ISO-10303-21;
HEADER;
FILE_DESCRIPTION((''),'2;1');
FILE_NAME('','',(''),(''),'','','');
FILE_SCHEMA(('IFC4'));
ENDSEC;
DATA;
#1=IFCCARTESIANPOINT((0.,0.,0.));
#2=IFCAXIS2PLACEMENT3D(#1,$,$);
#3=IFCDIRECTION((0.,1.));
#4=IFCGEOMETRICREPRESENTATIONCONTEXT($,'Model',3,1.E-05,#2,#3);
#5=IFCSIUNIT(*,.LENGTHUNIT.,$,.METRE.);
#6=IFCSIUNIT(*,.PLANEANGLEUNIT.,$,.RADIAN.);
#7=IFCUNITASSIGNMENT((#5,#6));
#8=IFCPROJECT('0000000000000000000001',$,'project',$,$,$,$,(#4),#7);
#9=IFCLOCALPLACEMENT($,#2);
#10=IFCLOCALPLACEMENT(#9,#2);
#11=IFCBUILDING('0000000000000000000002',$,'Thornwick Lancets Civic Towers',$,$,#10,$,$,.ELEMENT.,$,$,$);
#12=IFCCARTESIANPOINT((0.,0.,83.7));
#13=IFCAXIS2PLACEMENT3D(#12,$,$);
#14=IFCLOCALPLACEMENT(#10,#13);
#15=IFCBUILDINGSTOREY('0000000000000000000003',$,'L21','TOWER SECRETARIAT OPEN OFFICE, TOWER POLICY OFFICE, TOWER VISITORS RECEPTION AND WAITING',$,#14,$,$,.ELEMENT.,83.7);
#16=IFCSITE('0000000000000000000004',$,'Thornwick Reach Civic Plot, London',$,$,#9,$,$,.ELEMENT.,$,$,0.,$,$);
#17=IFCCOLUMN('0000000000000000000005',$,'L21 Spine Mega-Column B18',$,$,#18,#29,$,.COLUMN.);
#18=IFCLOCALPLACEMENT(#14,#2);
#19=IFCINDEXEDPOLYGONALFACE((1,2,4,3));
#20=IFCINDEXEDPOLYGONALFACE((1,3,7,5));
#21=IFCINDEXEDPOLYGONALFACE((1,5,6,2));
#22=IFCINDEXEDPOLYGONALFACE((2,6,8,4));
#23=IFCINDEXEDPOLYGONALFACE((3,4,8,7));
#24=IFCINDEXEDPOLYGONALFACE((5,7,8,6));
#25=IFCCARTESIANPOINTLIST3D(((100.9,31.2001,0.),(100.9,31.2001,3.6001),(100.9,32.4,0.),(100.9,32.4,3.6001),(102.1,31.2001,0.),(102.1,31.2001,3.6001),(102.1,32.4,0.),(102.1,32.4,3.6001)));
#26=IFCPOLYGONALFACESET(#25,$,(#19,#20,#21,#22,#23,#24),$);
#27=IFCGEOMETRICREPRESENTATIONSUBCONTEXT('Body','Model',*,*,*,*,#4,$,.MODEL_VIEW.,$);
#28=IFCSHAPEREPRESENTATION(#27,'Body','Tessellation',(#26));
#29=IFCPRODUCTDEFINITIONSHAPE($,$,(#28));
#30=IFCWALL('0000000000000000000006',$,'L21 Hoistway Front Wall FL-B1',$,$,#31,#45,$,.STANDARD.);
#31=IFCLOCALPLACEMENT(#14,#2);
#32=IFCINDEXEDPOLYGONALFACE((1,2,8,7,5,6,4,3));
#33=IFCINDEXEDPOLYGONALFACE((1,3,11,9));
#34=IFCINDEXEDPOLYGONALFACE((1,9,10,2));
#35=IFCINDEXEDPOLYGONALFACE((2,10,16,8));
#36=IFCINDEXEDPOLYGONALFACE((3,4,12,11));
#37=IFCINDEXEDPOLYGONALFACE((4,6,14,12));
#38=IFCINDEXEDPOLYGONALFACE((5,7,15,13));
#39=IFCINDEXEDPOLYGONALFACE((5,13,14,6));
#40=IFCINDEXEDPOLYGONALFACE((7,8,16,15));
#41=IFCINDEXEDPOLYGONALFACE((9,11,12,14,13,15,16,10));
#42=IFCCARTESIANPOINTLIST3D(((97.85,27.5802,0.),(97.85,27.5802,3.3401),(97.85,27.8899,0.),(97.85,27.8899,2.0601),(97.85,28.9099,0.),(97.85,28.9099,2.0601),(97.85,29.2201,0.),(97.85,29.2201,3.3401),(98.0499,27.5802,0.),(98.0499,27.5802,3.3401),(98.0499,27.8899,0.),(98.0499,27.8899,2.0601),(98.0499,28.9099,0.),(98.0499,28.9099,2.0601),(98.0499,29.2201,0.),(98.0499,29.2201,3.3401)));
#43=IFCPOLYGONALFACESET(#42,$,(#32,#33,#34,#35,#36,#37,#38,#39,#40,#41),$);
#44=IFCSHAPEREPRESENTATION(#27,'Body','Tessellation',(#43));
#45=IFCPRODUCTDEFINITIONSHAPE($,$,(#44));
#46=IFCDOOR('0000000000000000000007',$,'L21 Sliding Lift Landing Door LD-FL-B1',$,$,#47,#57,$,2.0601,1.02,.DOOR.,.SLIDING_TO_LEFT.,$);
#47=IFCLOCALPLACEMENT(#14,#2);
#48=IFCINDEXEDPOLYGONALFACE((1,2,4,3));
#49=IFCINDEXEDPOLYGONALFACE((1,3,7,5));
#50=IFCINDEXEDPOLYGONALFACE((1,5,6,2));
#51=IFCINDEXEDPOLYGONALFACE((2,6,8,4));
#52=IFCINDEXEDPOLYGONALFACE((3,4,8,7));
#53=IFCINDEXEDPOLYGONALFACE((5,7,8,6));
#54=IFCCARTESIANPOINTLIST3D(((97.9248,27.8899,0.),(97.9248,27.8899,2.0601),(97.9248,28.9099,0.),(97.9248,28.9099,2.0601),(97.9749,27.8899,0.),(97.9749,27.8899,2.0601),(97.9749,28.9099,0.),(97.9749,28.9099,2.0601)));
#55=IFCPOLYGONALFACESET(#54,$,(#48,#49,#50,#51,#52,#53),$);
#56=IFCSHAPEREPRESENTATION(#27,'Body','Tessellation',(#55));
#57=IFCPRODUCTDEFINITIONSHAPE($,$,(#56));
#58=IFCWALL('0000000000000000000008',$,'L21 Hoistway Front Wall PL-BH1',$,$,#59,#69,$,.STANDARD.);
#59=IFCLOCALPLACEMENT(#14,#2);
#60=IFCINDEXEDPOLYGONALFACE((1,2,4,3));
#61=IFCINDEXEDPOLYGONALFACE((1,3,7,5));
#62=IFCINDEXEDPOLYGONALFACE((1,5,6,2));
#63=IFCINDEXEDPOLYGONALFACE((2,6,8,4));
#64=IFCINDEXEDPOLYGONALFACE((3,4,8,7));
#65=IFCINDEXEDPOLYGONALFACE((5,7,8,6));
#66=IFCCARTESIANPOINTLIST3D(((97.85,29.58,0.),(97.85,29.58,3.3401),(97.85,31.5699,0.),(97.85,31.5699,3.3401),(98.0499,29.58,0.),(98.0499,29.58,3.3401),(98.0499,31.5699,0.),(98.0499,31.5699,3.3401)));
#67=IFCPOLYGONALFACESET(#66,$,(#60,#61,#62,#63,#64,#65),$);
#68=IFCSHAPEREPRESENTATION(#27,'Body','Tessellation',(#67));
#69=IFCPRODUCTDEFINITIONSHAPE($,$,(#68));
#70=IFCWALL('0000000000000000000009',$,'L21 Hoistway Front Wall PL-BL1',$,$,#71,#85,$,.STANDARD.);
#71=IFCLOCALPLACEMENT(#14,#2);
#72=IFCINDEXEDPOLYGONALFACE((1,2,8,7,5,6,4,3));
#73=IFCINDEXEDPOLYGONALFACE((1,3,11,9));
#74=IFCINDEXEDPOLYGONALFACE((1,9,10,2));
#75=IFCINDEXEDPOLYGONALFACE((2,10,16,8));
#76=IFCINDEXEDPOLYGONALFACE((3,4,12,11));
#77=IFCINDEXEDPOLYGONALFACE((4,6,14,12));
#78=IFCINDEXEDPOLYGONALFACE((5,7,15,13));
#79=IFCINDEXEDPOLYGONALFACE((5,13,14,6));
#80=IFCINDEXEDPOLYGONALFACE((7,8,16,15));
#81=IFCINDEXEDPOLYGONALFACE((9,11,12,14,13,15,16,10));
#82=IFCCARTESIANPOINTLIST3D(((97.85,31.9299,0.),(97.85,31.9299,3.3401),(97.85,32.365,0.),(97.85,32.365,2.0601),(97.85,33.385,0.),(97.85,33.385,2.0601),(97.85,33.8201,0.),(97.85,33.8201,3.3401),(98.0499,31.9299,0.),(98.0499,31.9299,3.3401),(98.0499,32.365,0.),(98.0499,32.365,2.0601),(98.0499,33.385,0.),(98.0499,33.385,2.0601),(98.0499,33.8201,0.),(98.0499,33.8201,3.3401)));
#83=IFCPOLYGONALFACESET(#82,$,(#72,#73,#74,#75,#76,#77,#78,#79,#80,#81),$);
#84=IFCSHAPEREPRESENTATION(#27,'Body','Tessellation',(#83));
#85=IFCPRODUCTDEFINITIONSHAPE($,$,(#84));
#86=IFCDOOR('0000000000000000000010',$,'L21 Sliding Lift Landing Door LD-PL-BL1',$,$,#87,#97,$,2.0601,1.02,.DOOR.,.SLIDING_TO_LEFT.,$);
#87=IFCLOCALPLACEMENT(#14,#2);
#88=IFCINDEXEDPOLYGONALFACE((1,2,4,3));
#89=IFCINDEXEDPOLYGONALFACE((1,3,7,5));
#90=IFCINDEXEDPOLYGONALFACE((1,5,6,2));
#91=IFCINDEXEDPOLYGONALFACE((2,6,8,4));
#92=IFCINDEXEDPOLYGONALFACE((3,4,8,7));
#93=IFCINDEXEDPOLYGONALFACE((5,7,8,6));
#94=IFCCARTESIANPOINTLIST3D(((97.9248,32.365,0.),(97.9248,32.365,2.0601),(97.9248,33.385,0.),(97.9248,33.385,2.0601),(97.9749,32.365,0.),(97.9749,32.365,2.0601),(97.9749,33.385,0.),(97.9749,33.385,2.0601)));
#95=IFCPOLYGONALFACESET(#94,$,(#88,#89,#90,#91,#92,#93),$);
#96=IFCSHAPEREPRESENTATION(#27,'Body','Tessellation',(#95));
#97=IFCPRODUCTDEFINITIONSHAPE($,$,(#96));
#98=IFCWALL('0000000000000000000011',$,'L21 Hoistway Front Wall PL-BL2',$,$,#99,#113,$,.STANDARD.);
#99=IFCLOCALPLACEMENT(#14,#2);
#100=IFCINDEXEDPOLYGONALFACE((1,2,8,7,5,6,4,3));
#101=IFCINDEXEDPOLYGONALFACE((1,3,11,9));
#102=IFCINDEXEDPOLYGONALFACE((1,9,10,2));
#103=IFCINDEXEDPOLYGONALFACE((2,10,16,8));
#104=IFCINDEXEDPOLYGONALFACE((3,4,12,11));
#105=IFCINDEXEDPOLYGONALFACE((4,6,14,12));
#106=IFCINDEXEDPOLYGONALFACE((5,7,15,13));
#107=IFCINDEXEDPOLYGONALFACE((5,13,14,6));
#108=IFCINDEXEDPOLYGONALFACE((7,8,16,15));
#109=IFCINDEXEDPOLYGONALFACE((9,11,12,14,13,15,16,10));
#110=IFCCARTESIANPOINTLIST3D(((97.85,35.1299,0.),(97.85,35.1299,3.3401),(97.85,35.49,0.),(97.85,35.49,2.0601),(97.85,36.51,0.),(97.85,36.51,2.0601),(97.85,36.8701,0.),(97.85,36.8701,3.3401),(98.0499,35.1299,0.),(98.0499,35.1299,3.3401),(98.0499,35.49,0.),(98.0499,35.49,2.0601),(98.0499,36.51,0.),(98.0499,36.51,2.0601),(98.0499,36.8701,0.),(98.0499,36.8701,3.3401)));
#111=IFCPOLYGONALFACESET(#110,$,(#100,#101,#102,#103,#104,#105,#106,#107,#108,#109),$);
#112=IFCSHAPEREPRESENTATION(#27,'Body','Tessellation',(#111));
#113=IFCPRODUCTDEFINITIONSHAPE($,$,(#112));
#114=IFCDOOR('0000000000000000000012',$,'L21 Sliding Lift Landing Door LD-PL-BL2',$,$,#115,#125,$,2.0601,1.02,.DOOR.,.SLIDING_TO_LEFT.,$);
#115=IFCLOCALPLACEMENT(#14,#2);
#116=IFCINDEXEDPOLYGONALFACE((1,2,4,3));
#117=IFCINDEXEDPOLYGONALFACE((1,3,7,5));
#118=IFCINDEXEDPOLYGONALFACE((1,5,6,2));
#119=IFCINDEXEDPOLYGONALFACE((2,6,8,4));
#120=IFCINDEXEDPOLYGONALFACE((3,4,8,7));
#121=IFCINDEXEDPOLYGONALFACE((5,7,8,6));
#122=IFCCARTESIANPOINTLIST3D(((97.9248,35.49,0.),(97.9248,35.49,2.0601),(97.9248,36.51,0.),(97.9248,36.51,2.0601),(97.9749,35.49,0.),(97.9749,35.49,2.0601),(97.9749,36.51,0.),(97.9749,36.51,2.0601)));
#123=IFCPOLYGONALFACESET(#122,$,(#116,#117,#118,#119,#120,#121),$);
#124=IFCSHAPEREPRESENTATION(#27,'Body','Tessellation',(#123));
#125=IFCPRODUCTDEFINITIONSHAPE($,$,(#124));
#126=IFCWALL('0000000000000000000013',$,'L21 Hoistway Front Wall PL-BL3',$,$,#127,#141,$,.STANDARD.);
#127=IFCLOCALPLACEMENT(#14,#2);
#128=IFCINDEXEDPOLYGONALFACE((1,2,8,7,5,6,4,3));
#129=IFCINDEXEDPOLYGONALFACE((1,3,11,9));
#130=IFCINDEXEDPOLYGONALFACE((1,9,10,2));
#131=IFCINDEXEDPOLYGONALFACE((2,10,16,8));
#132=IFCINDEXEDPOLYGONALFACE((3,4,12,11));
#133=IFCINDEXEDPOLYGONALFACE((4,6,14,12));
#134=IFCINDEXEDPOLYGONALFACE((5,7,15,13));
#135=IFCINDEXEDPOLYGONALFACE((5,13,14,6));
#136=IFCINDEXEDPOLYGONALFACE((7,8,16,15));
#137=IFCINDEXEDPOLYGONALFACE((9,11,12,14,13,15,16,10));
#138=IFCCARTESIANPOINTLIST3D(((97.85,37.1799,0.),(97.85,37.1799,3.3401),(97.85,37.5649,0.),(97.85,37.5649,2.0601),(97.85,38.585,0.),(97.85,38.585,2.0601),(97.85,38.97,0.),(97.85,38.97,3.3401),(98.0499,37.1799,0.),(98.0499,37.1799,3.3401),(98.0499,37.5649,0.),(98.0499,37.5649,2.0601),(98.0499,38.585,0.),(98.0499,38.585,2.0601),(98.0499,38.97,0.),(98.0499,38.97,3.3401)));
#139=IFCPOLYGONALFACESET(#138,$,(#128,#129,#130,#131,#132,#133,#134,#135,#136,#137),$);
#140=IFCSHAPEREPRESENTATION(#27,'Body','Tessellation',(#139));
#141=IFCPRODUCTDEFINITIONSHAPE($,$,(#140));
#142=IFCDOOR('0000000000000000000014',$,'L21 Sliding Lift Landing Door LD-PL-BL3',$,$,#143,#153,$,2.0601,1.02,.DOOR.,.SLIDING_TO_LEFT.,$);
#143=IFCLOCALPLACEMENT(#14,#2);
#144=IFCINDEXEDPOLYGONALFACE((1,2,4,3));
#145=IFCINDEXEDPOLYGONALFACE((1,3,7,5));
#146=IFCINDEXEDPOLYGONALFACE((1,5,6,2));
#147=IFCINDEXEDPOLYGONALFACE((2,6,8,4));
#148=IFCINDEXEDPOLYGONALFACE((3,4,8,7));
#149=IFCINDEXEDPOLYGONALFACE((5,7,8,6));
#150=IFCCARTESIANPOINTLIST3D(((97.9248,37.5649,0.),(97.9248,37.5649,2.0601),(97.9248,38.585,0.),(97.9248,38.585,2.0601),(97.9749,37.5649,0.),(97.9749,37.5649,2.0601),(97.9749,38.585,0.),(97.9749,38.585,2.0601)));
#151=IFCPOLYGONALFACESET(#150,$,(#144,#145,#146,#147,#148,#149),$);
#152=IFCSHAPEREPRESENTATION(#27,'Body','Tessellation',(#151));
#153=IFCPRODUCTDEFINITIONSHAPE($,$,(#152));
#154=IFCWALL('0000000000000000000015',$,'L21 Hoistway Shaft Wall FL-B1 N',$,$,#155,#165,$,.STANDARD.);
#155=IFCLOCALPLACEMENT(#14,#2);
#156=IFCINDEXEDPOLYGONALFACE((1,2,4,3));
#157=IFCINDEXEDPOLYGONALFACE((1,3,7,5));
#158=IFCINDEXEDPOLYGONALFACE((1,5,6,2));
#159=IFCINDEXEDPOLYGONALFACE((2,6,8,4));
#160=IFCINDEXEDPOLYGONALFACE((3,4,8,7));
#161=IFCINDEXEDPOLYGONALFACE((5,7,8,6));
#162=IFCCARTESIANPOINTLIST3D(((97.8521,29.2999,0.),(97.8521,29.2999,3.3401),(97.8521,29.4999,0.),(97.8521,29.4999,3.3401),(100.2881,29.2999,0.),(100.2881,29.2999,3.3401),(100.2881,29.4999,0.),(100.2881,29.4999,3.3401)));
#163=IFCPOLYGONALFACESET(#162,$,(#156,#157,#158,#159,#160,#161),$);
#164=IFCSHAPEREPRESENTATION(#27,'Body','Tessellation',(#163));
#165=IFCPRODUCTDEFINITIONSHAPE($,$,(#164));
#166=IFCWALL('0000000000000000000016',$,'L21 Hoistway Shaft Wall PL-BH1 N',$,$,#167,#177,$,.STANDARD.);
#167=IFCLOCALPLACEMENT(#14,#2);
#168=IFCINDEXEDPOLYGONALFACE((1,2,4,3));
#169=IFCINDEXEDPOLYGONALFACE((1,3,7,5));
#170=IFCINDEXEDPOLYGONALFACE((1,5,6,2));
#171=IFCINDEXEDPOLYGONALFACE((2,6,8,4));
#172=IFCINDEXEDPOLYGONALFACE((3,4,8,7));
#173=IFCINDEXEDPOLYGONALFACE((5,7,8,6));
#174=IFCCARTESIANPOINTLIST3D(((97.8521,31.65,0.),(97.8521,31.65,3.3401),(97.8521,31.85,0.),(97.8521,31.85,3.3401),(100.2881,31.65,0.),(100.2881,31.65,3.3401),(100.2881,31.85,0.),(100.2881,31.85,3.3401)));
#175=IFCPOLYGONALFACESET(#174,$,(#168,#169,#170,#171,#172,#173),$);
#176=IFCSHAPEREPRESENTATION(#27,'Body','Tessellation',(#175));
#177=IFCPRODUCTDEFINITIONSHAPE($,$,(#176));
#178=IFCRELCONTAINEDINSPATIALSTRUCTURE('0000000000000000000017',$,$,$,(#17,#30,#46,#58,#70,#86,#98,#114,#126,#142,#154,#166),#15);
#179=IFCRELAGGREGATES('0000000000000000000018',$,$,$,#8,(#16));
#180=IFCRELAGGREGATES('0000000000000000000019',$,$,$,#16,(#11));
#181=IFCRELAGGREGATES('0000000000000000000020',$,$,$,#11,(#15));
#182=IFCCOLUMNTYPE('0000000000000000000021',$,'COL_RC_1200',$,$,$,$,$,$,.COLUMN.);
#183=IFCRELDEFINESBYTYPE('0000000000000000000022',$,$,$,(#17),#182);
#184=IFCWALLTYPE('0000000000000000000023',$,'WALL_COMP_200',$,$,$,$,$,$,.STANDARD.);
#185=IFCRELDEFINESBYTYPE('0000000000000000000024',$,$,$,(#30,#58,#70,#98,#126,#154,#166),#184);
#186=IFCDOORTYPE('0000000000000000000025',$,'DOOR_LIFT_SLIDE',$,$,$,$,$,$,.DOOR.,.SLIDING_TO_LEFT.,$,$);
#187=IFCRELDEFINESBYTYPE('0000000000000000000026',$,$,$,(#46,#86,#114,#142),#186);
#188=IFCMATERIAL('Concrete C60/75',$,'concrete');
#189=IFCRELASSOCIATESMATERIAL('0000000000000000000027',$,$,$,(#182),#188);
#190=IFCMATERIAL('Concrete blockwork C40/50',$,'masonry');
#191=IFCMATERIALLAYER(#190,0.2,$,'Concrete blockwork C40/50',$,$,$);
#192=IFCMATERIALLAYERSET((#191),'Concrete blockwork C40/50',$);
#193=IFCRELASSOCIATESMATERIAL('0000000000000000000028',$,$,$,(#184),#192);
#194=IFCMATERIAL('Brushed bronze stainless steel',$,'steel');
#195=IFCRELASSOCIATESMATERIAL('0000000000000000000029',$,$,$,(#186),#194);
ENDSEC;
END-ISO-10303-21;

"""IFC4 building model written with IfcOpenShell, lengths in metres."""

from ifc_helpers import new_model, si_unit, direction, frame, frame_2d, origin, origin_2d, place, context, subcontext, project, spatial, rectangle, extrude, material, layer, layer_set, material_profile, profile_set, type_object, element, fill, save


model = new_model("IFC4")

# Units and contexts
model_context = context("Model", 3, precision=1e-05, world=origin(), true_north=direction((0.0, 1.0)))
body_context = subcontext(model_context, "Body", "Model", "MODEL_VIEW")
ifc_project = project(units=[si_unit("LENGTHUNIT", "METRE"), si_unit("PLANEANGLEUNIT", "RADIAN")], contexts=[model_context])

# Site, building, storey
site_placement = place(None, origin())
site = spatial("IfcSite", under=ifc_project, at=site_placement, Name="Thornwick Reach Civic Plot, London", CompositionType="ELEMENT", RefElevation=0.0)
building_placement = place(site_placement, origin())
building = spatial("IfcBuilding", under=site, at=building_placement, Name="Thornwick Lancets Civic Towers", CompositionType="ELEMENT")
storey_placement = place(building_placement, frame((0.0, 0.0, 83.7)))
storey = spatial("IfcBuildingStorey", under=building, at=storey_placement, Name="L21", Description="TOWER SECRETARIAT OPEN OFFICE, TOWER POLICY OFFICE, TOWER VISITORS RECEPTION AND WAITING", CompositionType="ELEMENT", Elevation=83.7)

# Column
ifc_material_1 = material(Name="Concrete C60/75", Category="concrete")
ifc_material_profile = material_profile(ifc_material_1, rectangle(XDim=1.2, YDim=1.2, at=origin_2d()), Name="RC 1200x1200")
ifc_profile_set = profile_set([ifc_material_profile], Name="Concrete C60/75")
column_type = type_object("IfcColumnType", Name="COL_RC_1200", PredefinedType="COLUMN", material=ifc_profile_set)
column_placement = place(storey_placement, frame((101.5, 31.8, 0.0), z_axis=(0.0, 0.0, 1.0), x_axis=(1.0, 0.0, 0.0)))
element("IfcColumn", 1, at=column_placement, inside=storey, type_object=column_type, Name="L21 Spine Mega-Column B18", PredefinedType="COLUMN", context=body_context, shape_type="SweptSolid", body=[
    extrude(rectangle(XDim=1.2, YDim=1.2, at=origin_2d()), origin(), (0.0, 0.0, 1.0), 3.6001),
])

# Wall, opening, door
ifc_material_2 = material(Name="Concrete blockwork C40/50", Category="masonry")
ifc_layer_1 = layer(ifc_material_2, 0.2, Name="Concrete blockwork C40/50")
ifc_layer_set_1 = layer_set([ifc_layer_1], Name="Concrete blockwork C40/50")
wall_type_1 = type_object("IfcWallType", Name="WALL_COMP_200", PredefinedType="STANDARD", material=ifc_layer_set_1)
wall_1_placement = place(storey_placement, frame((97.95, 29.22, 0.0), z_axis=(0.0, 0.0, 1.0), x_axis=(0.0, -1.0, 0.0)))
wall_1 = element("IfcWall", 2, at=wall_1_placement, inside=storey, type_object=wall_type_1, Name="L21 Hoistway Front Wall FL-B1", PredefinedType="STANDARD", context=body_context, shape_type="SweptSolid", body=[
    extrude(rectangle(XDim=1.6399, YDim=0.2, at=frame_2d((0.8198, 0.0))), origin(), (0.0, 0.0, 1.0), 3.3401),
])
opening_1_placement = place(wall_1_placement, frame((0.3101, 0.0, 0.0)))
opening_1 = element("IfcOpeningElement", 3, at=opening_1_placement, cuts=wall_1, PredefinedType="OPENING", context=body_context, shape_type="SweptSolid", body=[
    extrude(rectangle(XDim=1.02, YDim=2.0601, at=frame_2d((0.51, 1.03))), frame((0.0, 0.1099, 0.0), z_axis=(0.0, -1.0, 0.0), x_axis=(1.0, 0.0, 0.0)), (0.0, 0.0, 1.0), 0.22),
])
ifc_material_3 = material(Name="Brushed bronze stainless steel", Category="steel")
door_type = type_object("IfcDoorType", Name="DOOR_LIFT_SLIDE", OperationType="SLIDING_TO_LEFT", PredefinedType="DOOR", material=ifc_material_3)
door_1_placement = place(opening_1_placement, origin())
door_1 = element("IfcDoor", 4, at=door_1_placement, inside=storey, type_object=door_type, Name="L21 Sliding Lift Landing Door LD-FL-B1", OperationType="SLIDING_TO_LEFT", OverallHeight=2.0601, OverallWidth=1.02, PredefinedType="DOOR", context=body_context, shape_type="SweptSolid", body=[
    extrude(rectangle(XDim=1.02, YDim=2.0601, at=frame_2d((0.51, 1.03))), frame((0.0, 0.0249, 0.0), z_axis=(0.0, -1.0, 0.0), x_axis=(1.0, 0.0, 0.0)), (0.0, 0.0, 1.0), 0.05),
])
fill(opening_1, door_1)

# Wall
wall_2_placement = place(storey_placement, frame((97.95, 31.5701, 0.0), z_axis=(0.0, 0.0, 1.0), x_axis=(0.0, -1.0, 0.0)))
element("IfcWall", 5, at=wall_2_placement, inside=storey, type_object=wall_type_1, Name="L21 Hoistway Front Wall PL-BH1", PredefinedType="STANDARD", context=body_context, shape_type="SweptSolid", body=[
    extrude(rectangle(XDim=1.99, YDim=0.2, at=frame_2d((0.9951, 0.0))), origin(), (0.0, 0.0, 1.0), 3.3401),
])

# Walls, openings, doors
wall_3_placement = place(storey_placement, frame((97.95, 33.8201, 0.0), z_axis=(0.0, 0.0, 1.0), x_axis=(0.0, -1.0, 0.0)))
wall_3 = element("IfcWall", 6, at=wall_3_placement, inside=storey, type_object=wall_type_1, Name="L21 Hoistway Front Wall PL-BL1", PredefinedType="STANDARD", context=body_context, shape_type="SweptSolid", body=[
    extrude(rectangle(XDim=1.8901, YDim=0.2, at=frame_2d((0.9451, 0.0))), origin(), (0.0, 0.0, 1.0), 3.3401),
])
opening_2_placement = place(wall_3_placement, frame((0.4351, 0.0, 0.0)))
opening_2 = element("IfcOpeningElement", 7, at=opening_2_placement, cuts=wall_3, PredefinedType="OPENING", context=body_context, shape_type="SweptSolid", body=[
    extrude(rectangle(XDim=1.02, YDim=2.0601, at=frame_2d((0.51, 1.03))), frame((0.0, 0.1099, 0.0), z_axis=(0.0, -1.0, 0.0), x_axis=(1.0, 0.0, 0.0)), (0.0, 0.0, 1.0), 0.22),
])
door_2_placement = place(opening_2_placement, origin())
door_2 = element("IfcDoor", 8, at=door_2_placement, inside=storey, type_object=door_type, Name="L21 Sliding Lift Landing Door LD-PL-BL1", OperationType="SLIDING_TO_LEFT", OverallHeight=2.0601, OverallWidth=1.02, PredefinedType="DOOR", context=body_context, shape_type="SweptSolid", body=[
    extrude(rectangle(XDim=1.02, YDim=2.0601, at=frame_2d((0.51, 1.03))), frame((0.0, 0.0249, 0.0), z_axis=(0.0, -1.0, 0.0), x_axis=(1.0, 0.0, 0.0)), (0.0, 0.0, 1.0), 0.05),
])
fill(opening_2, door_2)
wall_4_placement = place(storey_placement, frame((97.95, 36.8701, 0.0), z_axis=(0.0, 0.0, 1.0), x_axis=(0.0, -1.0, 0.0)))
wall_4 = element("IfcWall", 9, at=wall_4_placement, inside=storey, type_object=wall_type_1, Name="L21 Hoistway Front Wall PL-BL2", PredefinedType="STANDARD", context=body_context, shape_type="SweptSolid", body=[
    extrude(rectangle(XDim=1.7402, YDim=0.2, at=frame_2d((0.8701, 0.0))), origin(), (0.0, 0.0, 1.0), 3.3401),
])
opening_3_placement = place(wall_4_placement, frame((0.3601, 0.0, 0.0)))
opening_3 = element("IfcOpeningElement", 10, at=opening_3_placement, cuts=wall_4, PredefinedType="OPENING", context=body_context, shape_type="SweptSolid", body=[
    extrude(rectangle(XDim=1.02, YDim=2.0601, at=frame_2d((0.51, 1.03))), frame((0.0, 0.1099, 0.0), z_axis=(0.0, -1.0, 0.0), x_axis=(1.0, 0.0, 0.0)), (0.0, 0.0, 1.0), 0.22),
])
door_3_placement = place(opening_3_placement, origin())
door_3 = element("IfcDoor", 11, at=door_3_placement, inside=storey, type_object=door_type, Name="L21 Sliding Lift Landing Door LD-PL-BL2", OperationType="SLIDING_TO_LEFT", OverallHeight=2.0601, OverallWidth=1.02, PredefinedType="DOOR", context=body_context, shape_type="SweptSolid", body=[
    extrude(rectangle(XDim=1.02, YDim=2.0601, at=frame_2d((0.51, 1.03))), frame((0.0, 0.0249, 0.0), z_axis=(0.0, -1.0, 0.0), x_axis=(1.0, 0.0, 0.0)), (0.0, 0.0, 1.0), 0.05),
])
fill(opening_3, door_3)
wall_5_placement = place(storey_placement, frame((97.95, 38.97, 0.0), z_axis=(0.0, 0.0, 1.0), x_axis=(0.0, -1.0, 0.0)))
wall_5 = element("IfcWall", 12, at=wall_5_placement, inside=storey, type_object=wall_type_1, Name="L21 Hoistway Front Wall PL-BL3", PredefinedType="STANDARD", context=body_context, shape_type="SweptSolid", body=[
    extrude(rectangle(XDim=1.79, YDim=0.2, at=frame_2d((0.895, 0.0))), origin(), (0.0, 0.0, 1.0), 3.3401),
])
opening_4_placement = place(wall_5_placement, frame((0.385, 0.0, 0.0)))
opening_4 = element("IfcOpeningElement", 13, at=opening_4_placement, cuts=wall_5, PredefinedType="OPENING", context=body_context, shape_type="SweptSolid", body=[
    extrude(rectangle(XDim=1.02, YDim=2.0601, at=frame_2d((0.51, 1.03))), frame((0.0, 0.1099, 0.0), z_axis=(0.0, -1.0, 0.0), x_axis=(1.0, 0.0, 0.0)), (0.0, 0.0, 1.0), 0.22),
])
door_4_placement = place(opening_4_placement, origin())
door_4 = element("IfcDoor", 14, at=door_4_placement, inside=storey, type_object=door_type, Name="L21 Sliding Lift Landing Door LD-PL-BL3", OperationType="SLIDING_TO_LEFT", OverallHeight=2.0601, OverallWidth=1.02, PredefinedType="DOOR", context=body_context, shape_type="SweptSolid", body=[
    extrude(rectangle(XDim=1.02, YDim=2.0601, at=frame_2d((0.51, 1.03))), frame((0.0, 0.0249, 0.0), z_axis=(0.0, -1.0, 0.0), x_axis=(1.0, 0.0, 0.0)), (0.0, 0.0, 1.0), 0.05),
])
fill(opening_4, door_4)

# Walls
for number, where, z_axis, x_axis, name in (
    (15, (97.8521, 29.3999, 0.0), (0.0, 0.0, 1.0), (1.0, 0.0, 0.0), "L21 Hoistway Shaft Wall FL-B1 N"),
    (16, (97.8521, 31.75, 0.0), (0.0, 0.0, 1.0), (1.0, 0.0, 0.0), "L21 Hoistway Shaft Wall PL-BH1 N"),
):
    element("IfcWall", number, at=place(storey_placement, frame(where, z_axis=z_axis, x_axis=x_axis)), inside=storey, type_object=wall_type_1, Name=name, PredefinedType="STANDARD", context=body_context, shape_type="SweptSolid", body=[
        extrude(rectangle(XDim=2.436, YDim=0.2, at=frame_2d((1.218, 0.0))), origin(), (0.0, 0.0, 1.0), 3.3401),
    ])

save(model, "model.ifc")
